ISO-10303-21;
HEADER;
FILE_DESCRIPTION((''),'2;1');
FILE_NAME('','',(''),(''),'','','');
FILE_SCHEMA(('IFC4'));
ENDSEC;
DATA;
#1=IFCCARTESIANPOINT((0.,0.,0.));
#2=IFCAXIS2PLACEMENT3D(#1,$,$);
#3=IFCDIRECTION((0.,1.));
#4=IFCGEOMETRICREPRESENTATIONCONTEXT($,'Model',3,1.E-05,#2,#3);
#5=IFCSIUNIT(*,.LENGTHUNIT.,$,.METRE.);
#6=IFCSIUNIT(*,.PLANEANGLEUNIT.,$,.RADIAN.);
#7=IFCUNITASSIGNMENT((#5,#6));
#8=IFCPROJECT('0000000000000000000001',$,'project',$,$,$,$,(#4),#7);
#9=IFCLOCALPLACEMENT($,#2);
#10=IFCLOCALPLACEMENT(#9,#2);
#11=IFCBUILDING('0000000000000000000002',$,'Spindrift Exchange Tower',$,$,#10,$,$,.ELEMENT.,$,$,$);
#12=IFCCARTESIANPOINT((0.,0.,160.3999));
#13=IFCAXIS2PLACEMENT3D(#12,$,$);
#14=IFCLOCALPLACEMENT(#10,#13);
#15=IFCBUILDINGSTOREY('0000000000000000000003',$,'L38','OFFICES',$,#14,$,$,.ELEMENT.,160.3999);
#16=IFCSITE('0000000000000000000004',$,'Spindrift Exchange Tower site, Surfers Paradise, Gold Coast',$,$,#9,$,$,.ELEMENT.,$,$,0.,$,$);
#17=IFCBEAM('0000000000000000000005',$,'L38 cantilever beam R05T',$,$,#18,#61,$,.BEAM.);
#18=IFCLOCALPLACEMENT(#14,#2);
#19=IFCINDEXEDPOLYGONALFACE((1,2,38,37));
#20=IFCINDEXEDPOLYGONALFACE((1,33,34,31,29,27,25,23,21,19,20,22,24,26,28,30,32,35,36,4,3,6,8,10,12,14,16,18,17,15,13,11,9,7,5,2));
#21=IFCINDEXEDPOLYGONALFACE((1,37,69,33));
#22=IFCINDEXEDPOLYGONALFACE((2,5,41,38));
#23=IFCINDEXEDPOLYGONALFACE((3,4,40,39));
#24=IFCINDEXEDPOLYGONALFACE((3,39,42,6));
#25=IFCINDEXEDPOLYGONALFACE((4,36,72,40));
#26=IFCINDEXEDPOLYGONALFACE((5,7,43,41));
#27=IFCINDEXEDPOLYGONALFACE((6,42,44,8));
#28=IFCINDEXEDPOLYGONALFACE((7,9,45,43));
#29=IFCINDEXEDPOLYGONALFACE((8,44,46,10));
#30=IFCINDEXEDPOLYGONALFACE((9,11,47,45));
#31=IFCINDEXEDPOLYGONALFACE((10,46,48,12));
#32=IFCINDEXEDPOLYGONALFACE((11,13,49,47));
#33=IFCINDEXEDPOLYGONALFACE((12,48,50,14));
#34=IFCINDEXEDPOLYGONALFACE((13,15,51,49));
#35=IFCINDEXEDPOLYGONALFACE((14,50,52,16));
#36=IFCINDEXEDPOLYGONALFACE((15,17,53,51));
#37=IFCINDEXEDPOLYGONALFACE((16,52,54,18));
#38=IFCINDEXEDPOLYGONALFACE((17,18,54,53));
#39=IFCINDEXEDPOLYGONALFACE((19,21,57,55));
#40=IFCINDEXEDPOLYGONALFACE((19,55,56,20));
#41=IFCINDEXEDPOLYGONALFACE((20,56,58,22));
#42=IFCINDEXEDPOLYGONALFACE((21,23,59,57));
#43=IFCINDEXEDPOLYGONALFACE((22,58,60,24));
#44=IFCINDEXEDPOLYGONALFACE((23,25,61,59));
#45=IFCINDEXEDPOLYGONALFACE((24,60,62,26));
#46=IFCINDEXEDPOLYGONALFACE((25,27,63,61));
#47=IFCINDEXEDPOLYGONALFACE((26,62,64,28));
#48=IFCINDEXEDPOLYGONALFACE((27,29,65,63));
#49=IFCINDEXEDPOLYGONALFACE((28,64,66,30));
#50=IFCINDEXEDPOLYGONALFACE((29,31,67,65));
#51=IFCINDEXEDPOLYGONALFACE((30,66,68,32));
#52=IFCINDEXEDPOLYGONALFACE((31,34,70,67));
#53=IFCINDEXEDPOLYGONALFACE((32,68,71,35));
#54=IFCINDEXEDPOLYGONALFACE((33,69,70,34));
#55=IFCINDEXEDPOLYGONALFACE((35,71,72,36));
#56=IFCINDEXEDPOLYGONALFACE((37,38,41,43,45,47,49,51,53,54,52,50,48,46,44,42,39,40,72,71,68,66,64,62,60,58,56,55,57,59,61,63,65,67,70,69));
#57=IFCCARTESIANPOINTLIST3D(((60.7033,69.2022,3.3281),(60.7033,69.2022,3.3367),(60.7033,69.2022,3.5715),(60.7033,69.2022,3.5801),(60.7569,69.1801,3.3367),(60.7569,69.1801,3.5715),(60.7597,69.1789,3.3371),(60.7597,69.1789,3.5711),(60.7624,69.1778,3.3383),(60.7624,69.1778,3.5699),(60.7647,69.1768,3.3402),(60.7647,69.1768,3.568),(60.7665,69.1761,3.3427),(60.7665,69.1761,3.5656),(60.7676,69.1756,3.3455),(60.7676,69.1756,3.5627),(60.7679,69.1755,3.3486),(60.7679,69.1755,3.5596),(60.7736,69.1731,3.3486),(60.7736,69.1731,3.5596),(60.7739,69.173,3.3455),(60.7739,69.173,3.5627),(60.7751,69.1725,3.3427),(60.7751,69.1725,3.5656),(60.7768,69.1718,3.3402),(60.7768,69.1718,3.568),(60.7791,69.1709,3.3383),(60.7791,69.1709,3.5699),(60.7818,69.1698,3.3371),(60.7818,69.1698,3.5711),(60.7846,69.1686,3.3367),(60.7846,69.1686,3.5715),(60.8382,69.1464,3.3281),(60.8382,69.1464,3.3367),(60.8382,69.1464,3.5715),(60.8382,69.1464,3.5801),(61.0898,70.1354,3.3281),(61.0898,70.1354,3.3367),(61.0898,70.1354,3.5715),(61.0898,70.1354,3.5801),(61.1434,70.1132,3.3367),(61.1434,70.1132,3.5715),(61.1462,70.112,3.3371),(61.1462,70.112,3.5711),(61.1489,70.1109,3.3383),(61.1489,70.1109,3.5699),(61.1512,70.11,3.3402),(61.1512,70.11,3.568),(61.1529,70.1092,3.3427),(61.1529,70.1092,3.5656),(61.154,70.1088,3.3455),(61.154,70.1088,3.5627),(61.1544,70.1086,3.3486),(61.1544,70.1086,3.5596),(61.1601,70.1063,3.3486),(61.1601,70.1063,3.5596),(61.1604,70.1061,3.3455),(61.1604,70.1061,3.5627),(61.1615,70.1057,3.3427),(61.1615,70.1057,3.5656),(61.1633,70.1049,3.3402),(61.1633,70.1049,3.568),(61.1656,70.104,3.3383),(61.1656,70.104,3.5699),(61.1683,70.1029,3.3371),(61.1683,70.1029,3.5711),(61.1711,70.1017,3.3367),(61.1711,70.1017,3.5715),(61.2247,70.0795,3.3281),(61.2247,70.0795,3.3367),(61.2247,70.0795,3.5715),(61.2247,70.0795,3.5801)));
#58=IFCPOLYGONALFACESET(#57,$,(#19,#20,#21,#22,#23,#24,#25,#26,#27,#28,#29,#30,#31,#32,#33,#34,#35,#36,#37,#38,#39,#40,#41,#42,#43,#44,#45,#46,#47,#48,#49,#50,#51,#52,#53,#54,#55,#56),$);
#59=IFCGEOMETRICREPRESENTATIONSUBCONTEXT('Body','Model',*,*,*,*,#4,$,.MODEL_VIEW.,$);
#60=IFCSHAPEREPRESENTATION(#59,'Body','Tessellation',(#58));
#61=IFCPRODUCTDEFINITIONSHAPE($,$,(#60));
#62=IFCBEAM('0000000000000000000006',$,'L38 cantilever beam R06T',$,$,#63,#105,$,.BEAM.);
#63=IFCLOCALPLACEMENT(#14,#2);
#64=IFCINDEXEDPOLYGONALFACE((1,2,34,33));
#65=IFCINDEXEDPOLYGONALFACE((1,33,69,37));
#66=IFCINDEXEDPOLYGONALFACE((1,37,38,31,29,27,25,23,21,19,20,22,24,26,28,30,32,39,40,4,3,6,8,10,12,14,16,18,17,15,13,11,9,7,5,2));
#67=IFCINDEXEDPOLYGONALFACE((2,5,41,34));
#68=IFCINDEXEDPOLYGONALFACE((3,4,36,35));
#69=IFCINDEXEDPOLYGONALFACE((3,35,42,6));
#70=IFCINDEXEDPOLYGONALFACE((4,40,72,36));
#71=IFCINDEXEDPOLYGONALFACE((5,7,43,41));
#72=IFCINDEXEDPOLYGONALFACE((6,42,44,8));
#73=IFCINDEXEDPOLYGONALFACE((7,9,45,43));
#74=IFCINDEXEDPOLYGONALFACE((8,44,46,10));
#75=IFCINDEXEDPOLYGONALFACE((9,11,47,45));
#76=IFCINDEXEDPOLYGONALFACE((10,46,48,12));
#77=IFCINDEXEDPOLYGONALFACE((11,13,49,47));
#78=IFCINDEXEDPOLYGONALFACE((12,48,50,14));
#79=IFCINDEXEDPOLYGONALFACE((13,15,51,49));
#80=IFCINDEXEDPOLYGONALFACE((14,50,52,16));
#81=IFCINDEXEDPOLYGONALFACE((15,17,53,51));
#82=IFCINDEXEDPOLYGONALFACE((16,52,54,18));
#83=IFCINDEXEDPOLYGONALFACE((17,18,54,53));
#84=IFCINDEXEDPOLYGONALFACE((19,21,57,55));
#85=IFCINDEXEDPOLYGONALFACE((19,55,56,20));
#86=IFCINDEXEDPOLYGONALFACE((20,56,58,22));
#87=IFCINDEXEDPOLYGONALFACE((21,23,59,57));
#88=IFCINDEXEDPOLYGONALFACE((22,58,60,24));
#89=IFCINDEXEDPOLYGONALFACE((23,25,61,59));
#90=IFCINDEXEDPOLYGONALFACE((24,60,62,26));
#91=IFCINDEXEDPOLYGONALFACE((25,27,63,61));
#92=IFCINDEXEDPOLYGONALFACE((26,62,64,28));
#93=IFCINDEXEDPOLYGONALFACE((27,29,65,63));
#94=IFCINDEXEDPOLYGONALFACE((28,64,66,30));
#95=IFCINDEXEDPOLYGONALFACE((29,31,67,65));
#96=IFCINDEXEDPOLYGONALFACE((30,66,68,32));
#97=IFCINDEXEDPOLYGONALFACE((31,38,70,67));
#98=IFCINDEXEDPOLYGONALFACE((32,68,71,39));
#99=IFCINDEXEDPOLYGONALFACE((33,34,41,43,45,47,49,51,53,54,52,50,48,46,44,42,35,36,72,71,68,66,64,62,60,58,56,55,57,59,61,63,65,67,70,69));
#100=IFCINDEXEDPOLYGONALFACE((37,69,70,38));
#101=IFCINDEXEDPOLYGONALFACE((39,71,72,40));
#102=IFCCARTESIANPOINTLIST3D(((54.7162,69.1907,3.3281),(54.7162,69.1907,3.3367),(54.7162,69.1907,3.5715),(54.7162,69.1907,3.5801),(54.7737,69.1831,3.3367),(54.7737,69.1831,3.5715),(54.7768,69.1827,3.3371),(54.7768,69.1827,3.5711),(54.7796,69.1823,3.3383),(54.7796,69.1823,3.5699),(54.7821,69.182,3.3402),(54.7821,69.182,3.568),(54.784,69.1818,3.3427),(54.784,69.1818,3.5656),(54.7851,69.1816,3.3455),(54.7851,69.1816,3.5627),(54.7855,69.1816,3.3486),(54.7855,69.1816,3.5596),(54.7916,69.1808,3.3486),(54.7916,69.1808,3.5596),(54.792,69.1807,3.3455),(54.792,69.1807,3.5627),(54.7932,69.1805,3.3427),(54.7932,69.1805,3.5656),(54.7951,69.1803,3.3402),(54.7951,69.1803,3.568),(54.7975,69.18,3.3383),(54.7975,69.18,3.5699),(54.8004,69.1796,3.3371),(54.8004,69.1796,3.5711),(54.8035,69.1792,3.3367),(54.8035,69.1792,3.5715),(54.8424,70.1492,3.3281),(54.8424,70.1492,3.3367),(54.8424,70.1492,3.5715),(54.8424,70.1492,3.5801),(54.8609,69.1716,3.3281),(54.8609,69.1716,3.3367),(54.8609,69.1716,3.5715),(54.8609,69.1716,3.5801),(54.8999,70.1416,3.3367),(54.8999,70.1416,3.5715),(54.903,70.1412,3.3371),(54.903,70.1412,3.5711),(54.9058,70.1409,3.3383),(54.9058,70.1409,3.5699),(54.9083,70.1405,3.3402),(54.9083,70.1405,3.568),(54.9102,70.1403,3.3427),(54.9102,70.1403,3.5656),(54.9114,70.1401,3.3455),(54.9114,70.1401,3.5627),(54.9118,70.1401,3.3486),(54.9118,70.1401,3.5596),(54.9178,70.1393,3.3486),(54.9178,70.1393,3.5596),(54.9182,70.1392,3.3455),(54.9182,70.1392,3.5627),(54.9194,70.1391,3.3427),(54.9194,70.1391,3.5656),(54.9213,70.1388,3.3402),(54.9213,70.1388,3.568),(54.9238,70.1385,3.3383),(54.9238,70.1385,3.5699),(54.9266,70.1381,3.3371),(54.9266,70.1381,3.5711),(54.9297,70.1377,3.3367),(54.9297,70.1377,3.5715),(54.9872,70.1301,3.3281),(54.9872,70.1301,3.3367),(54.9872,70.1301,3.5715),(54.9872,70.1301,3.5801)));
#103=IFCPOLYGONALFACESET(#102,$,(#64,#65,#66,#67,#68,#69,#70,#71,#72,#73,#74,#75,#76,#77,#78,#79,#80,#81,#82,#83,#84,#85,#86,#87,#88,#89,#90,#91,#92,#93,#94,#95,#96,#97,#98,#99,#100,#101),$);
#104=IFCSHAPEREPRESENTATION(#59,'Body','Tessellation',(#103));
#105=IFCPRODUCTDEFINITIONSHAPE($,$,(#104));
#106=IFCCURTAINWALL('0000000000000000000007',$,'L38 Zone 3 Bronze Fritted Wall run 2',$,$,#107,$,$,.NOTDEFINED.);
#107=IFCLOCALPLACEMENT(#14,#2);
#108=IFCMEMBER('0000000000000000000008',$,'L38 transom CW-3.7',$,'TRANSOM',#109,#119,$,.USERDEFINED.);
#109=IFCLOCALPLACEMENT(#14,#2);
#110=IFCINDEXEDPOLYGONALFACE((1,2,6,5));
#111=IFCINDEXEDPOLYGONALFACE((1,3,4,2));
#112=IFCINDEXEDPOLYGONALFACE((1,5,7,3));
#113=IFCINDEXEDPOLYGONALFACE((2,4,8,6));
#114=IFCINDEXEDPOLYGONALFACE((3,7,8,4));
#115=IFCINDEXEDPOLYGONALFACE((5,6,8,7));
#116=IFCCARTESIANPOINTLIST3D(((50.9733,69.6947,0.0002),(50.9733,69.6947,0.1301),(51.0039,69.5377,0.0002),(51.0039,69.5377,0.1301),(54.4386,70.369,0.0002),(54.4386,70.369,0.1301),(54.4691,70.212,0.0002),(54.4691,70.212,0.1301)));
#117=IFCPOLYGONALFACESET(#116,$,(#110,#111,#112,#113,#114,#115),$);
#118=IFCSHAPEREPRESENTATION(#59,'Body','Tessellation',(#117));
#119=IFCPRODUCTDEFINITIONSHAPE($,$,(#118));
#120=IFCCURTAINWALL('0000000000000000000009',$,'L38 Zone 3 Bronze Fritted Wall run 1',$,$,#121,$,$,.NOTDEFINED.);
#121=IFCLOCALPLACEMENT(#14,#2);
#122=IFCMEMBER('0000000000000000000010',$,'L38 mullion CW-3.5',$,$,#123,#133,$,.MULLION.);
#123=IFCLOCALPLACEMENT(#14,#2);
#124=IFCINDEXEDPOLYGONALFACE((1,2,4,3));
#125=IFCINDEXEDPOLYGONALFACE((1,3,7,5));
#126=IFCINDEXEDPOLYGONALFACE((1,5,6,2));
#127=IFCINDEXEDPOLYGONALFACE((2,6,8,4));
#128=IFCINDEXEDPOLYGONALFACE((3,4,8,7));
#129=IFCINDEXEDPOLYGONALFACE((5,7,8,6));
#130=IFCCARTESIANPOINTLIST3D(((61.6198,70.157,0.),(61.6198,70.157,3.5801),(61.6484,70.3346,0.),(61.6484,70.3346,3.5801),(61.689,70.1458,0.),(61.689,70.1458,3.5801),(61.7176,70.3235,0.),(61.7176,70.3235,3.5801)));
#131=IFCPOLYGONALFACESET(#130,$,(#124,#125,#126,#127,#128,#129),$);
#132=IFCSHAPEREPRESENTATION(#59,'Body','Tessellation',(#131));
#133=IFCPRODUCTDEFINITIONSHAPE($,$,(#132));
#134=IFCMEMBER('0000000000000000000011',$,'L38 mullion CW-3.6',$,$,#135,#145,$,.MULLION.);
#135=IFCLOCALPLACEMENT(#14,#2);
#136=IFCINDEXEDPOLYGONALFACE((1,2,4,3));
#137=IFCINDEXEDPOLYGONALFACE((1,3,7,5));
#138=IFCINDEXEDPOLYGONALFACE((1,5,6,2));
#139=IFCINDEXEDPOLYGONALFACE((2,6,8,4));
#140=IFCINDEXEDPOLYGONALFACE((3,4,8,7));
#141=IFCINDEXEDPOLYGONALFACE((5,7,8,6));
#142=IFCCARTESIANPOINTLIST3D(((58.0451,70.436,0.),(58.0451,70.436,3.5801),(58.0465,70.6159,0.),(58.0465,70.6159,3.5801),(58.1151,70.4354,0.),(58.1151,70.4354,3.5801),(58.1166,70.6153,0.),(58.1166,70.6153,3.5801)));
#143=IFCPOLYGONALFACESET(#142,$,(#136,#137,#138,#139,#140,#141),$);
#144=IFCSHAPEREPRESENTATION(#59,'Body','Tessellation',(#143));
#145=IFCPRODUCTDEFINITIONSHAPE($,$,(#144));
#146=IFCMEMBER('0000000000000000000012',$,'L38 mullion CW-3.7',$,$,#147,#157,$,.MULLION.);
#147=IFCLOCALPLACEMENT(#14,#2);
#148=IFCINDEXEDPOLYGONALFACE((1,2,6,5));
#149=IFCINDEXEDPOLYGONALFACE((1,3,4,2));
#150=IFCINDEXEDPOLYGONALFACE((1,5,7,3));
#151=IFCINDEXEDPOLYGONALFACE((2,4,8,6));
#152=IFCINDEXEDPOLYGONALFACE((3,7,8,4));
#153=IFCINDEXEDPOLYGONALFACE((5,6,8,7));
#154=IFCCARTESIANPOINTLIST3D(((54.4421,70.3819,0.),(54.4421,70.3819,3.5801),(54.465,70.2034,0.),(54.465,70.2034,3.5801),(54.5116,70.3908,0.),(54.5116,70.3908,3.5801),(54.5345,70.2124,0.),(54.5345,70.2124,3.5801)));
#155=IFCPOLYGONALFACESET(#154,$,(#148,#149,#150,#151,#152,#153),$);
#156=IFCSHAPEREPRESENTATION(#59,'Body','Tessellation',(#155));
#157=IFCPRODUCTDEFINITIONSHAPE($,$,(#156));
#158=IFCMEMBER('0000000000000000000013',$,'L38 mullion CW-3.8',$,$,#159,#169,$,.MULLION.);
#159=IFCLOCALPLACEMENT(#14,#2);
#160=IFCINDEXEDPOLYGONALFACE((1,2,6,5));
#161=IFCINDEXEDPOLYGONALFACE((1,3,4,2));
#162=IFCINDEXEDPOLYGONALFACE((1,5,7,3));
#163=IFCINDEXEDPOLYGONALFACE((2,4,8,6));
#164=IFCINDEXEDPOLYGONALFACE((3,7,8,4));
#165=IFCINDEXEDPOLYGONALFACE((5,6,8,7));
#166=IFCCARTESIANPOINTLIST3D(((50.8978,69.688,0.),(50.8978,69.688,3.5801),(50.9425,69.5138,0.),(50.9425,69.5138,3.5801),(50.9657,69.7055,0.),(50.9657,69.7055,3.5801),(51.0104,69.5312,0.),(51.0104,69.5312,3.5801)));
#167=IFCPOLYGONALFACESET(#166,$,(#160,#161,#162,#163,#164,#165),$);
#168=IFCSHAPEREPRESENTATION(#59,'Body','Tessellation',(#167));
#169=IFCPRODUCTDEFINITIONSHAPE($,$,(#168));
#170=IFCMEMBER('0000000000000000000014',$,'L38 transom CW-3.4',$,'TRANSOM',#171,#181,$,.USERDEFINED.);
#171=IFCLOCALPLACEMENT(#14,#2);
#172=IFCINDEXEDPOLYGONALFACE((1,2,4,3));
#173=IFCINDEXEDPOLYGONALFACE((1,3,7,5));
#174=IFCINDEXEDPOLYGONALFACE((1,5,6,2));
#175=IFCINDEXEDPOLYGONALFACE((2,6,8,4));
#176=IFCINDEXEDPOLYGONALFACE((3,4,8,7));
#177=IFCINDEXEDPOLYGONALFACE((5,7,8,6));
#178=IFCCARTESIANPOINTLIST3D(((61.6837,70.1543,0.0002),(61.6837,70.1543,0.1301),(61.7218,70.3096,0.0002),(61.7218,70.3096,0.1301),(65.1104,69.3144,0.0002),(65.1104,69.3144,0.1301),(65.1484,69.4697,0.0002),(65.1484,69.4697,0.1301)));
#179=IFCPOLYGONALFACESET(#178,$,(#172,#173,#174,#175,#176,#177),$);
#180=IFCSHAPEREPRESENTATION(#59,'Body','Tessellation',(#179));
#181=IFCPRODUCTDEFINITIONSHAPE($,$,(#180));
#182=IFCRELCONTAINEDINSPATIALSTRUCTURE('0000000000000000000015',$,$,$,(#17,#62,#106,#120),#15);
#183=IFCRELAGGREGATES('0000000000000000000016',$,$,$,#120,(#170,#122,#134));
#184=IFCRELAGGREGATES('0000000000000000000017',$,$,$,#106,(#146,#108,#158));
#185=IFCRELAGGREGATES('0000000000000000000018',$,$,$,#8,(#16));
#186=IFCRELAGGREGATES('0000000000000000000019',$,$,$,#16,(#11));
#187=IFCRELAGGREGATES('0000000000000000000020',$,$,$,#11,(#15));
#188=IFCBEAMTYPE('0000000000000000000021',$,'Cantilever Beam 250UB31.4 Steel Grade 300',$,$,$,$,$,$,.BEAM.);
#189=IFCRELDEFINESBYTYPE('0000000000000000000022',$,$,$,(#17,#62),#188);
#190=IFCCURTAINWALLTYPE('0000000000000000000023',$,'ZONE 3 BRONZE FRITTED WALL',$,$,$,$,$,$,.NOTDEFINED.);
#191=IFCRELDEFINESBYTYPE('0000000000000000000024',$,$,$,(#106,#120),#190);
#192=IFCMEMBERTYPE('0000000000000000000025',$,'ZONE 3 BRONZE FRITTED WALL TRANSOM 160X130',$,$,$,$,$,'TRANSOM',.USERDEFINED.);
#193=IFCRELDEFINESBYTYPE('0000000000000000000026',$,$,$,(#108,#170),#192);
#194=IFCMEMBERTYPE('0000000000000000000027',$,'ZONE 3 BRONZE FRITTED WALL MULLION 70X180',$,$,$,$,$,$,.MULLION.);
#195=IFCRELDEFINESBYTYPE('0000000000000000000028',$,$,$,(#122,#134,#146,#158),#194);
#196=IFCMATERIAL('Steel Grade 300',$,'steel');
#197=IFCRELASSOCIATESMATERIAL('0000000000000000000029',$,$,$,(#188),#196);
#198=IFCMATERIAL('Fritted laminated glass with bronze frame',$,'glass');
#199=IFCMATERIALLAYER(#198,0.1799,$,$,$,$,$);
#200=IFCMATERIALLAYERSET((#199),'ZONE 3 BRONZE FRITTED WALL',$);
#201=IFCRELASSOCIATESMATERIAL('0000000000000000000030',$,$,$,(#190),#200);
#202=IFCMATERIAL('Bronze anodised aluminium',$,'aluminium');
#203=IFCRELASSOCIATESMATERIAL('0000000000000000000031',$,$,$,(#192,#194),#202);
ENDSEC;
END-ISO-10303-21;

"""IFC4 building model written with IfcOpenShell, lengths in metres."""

from ifc_helpers import new_model, si_unit, direction, frame, origin, origin_2d, place, context, subcontext, project, spatial, rectangle, i_section, extrude, source, transform, mapped, material, layer, layer_set, material_profile, profile_set, type_object, element, aggregate, save


model = new_model("IFC4")

# Units and contexts
model_context = context("Model", 3, precision=1e-05, world=origin(), true_north=direction((0.0, 1.0)))
body_context = subcontext(model_context, "Body", "Model", "MODEL_VIEW")
ifc_project = project(units=[si_unit("LENGTHUNIT", "METRE"), si_unit("PLANEANGLEUNIT", "RADIAN")], contexts=[model_context])

# Site, building, storey
site_placement = place(None, origin())
site = spatial("IfcSite", under=ifc_project, at=site_placement, Name="Spindrift Exchange Tower site, Surfers Paradise, Gold Coast", CompositionType="ELEMENT", RefElevation=0.0)
building_placement = place(site_placement, origin())
building = spatial("IfcBuilding", under=site, at=building_placement, Name="Spindrift Exchange Tower", CompositionType="ELEMENT")
storey_placement = place(building_placement, frame((0.0, 0.0, 160.3999)))
storey = spatial("IfcBuildingStorey", under=building, at=storey_placement, Name="L38", Description="OFFICES", CompositionType="ELEMENT", Elevation=160.3999)

# Beams
ifc_material_1 = material(Name="Steel Grade 300", Category="steel")
ifc_material_profile_1 = material_profile(ifc_material_1, i_section(OverallWidth=0.146, OverallDepth=0.252, WebThickness=0.0061, FlangeThickness=0.0085, FilletRadius=0.012, at=origin_2d()), Name="250UB31.4")
ifc_profile_set_1 = profile_set([ifc_material_profile_1], Name="Steel Grade 300")
beam_type_1 = type_object("IfcBeamType", Name="Cantilever Beam 250UB31.4 Steel Grade 300", PredefinedType="BEAM", material=ifc_profile_set_1)
shared_shape_1 = source(origin(), body_context, "Body", "SweptSolid", [
    extrude(i_section(OverallWidth=0.146, OverallDepth=0.252, WebThickness=0.0061, FlangeThickness=0.0085, FilletRadius=0.012, at=origin_2d()), origin(), (0.0, 0.0, 1.0), 1.01),
])
beam_1_placement = place(storey_placement, frame((60.7708, 69.1743, 3.4541), z_axis=(0.382658, 0.92389, 0.0), x_axis=(-0.92389, 0.382658, 0.0)))
element("IfcBeam", 1, at=beam_1_placement, inside=storey, type_object=beam_type_1, Name="L38 cantilever beam R05T", PredefinedType="BEAM", context=body_context, shape_type="MappedRepresentation", body=[
    mapped(shared_shape_1, transform((0.0, 0.0, 0.0), scale=1.0)),
])
shared_shape_2 = source(origin(), body_context, "Body", "SweptSolid", [
    extrude(i_section(OverallWidth=0.146, OverallDepth=0.252, WebThickness=0.0061, FlangeThickness=0.0085, FilletRadius=0.012, at=origin_2d()), origin(), (0.0, 0.0, 1.0), 0.9668),
])
beam_2_placement = place(storey_placement, frame((54.7886, 69.1812, 3.4541), z_axis=(0.130559, 0.991441, 0.0), x_axis=(-0.991441, 0.130559, 0.0)))
element("IfcBeam", 2, at=beam_2_placement, inside=storey, type_object=beam_type_1, Name="L38 cantilever beam R06T", PredefinedType="BEAM", context=body_context, shape_type="MappedRepresentation", body=[
    mapped(shared_shape_2, transform((0.0, 0.0, 0.0), scale=1.0)),
])

# Curtain wall, member
ifc_material_2 = material(Name="Fritted laminated glass with bronze frame", Category="glass")
ifc_layer_1 = layer(ifc_material_2, 0.1799)
ifc_layer_set_1 = layer_set([ifc_layer_1], Name="ZONE 3 BRONZE FRITTED WALL")
curtain_wall_type = type_object("IfcCurtainWallType", Name="ZONE 3 BRONZE FRITTED WALL", PredefinedType="NOTDEFINED", material=ifc_layer_set_1)
curtain_wall_1_placement = place(storey_placement, origin())
curtain_wall_1 = element("IfcCurtainWall", 3, at=curtain_wall_1_placement, inside=storey, type_object=curtain_wall_type, Name="L38 Zone 3 Bronze Fritted Wall run 2", PredefinedType="NOTDEFINED")
ifc_material_3 = material(Name="Bronze anodised aluminium", Category="aluminium")
ifc_material_profile_2 = material_profile(ifc_material_3, rectangle(XDim=0.1599, YDim=0.1299, at=origin_2d()), Name="ZONE 3 BRONZE FRITTED WALL TRANSOM 160X130")
ifc_profile_set_2 = profile_set([ifc_material_profile_2], Name="Bronze anodised aluminium")
member_type_1 = type_object("IfcMemberType", Name="ZONE 3 BRONZE FRITTED WALL TRANSOM 160X130", ElementType="TRANSOM", PredefinedType="USERDEFINED", material=ifc_profile_set_2)
shared_shape_3 = source(origin(), body_context, "Body", "SweptSolid", [
    extrude(rectangle(XDim=0.1599, YDim=0.1299, at=origin_2d()), origin(), (0.0, 0.0, 1.0), 3.5303),
])
member_1_placement = place(storey_placement, frame((54.4539, 70.2905, 0.0652), z_axis=(-0.981589, -0.191007, 0.0), x_axis=(0.191007, -0.981589, 0.0)))
member_1 = element("IfcMember", 4, at=member_1_placement, type_object=member_type_1, Name="L38 transom CW-3.7", ObjectType="TRANSOM", PredefinedType="USERDEFINED", context=body_context, shape_type="MappedRepresentation", body=[
    mapped(shared_shape_3, transform((0.0, 0.0, 0.0), scale=1.0)),
])

# Curtain wall, members
curtain_wall_2_placement = place(storey_placement, origin())
curtain_wall_2 = element("IfcCurtainWall", 5, at=curtain_wall_2_placement, inside=storey, type_object=curtain_wall_type, Name="L38 Zone 3 Bronze Fritted Wall run 1", PredefinedType="NOTDEFINED")
ifc_material_profile_3 = material_profile(ifc_material_3, rectangle(XDim=0.0701, YDim=0.1799, at=origin_2d()), Name="ZONE 3 BRONZE FRITTED WALL MULLION 70X180")
ifc_profile_set_3 = profile_set([ifc_material_profile_3], Name="Bronze anodised aluminium")
member_type_2 = type_object("IfcMemberType", Name="ZONE 3 BRONZE FRITTED WALL MULLION 70X180", PredefinedType="MULLION", material=ifc_profile_set_3)
shared_shape_4 = source(origin(), body_context, "Body", "SweptSolid", [
    extrude(rectangle(XDim=0.0701, YDim=0.1799, at=origin_2d()), origin(), (0.0, 0.0, 1.0), 3.5801),
])
member_2_placement = place(storey_placement, frame((61.6687, 70.2402, 0.0), z_axis=(0.0, 0.0, 1.0), x_axis=(-0.987249, 0.159184, 0.0)))
member_2 = element("IfcMember", 6, at=member_2_placement, type_object=member_type_2, Name="L38 mullion CW-3.5", PredefinedType="MULLION", context=body_context, shape_type="MappedRepresentation", body=[
    mapped(shared_shape_4, transform((0.0, 0.0, 0.0), scale=1.0)),
])
member_3_placement = place(storey_placement, frame((58.0808, 70.5256, 0.0), z_axis=(0.0, 0.0, 1.0), x_axis=(-0.999968, 0.007945, 0.0)))
member_3 = element("IfcMember", 7, at=member_3_placement, type_object=member_type_2, Name="L38 mullion CW-3.6", PredefinedType="MULLION", context=body_context, shape_type="MappedRepresentation", body=[
    mapped(shared_shape_4, transform((0.0, 0.0, 0.0), scale=1.0)),
])

# Members
member_4_placement = place(storey_placement, frame((54.4883, 70.2971, 0.0), z_axis=(0.0, 0.0, 1.0), x_axis=(-0.991839, -0.127494, 0.0)))
member_4 = element("IfcMember", 8, at=member_4_placement, type_object=member_type_2, Name="L38 mullion CW-3.7", PredefinedType="MULLION", context=body_context, shape_type="MappedRepresentation", body=[
    mapped(shared_shape_4, transform((0.0, 0.0, 0.0), scale=1.0)),
])
member_5_placement = place(storey_placement, frame((50.9541, 69.6096, 0.0), z_axis=(0.0, 0.0, 1.0), x_axis=(-0.968572, -0.248734, 0.0)))
member_5 = element("IfcMember", 9, at=member_5_placement, type_object=member_type_2, Name="L38 mullion CW-3.8", PredefinedType="MULLION", context=body_context, shape_type="MappedRepresentation", body=[
    mapped(shared_shape_4, transform((0.0, 0.0, 0.0), scale=1.0)),
])
shared_shape_5 = source(origin(), body_context, "Body", "SweptSolid", [
    extrude(rectangle(XDim=0.1599, YDim=0.1299, at=origin_2d()), origin(), (0.0, 0.0, 1.0), 3.5281),
])
member_6_placement = place(storey_placement, frame((65.1294, 69.3921, 0.0652), z_axis=(-0.971256, 0.238039, 0.0), x_axis=(-0.238039, -0.971256, 0.0)))
member_6 = element("IfcMember", 10, at=member_6_placement, type_object=member_type_1, Name="L38 transom CW-3.4", ObjectType="TRANSOM", PredefinedType="USERDEFINED", context=body_context, shape_type="MappedRepresentation", body=[
    mapped(shared_shape_5, transform((0.0, 0.0, 0.0), scale=1.0)),
])

aggregate(curtain_wall_2, [member_6, member_2, member_3])
aggregate(curtain_wall_1, [member_4, member_1, member_5])

save(model, "model.ifc")
